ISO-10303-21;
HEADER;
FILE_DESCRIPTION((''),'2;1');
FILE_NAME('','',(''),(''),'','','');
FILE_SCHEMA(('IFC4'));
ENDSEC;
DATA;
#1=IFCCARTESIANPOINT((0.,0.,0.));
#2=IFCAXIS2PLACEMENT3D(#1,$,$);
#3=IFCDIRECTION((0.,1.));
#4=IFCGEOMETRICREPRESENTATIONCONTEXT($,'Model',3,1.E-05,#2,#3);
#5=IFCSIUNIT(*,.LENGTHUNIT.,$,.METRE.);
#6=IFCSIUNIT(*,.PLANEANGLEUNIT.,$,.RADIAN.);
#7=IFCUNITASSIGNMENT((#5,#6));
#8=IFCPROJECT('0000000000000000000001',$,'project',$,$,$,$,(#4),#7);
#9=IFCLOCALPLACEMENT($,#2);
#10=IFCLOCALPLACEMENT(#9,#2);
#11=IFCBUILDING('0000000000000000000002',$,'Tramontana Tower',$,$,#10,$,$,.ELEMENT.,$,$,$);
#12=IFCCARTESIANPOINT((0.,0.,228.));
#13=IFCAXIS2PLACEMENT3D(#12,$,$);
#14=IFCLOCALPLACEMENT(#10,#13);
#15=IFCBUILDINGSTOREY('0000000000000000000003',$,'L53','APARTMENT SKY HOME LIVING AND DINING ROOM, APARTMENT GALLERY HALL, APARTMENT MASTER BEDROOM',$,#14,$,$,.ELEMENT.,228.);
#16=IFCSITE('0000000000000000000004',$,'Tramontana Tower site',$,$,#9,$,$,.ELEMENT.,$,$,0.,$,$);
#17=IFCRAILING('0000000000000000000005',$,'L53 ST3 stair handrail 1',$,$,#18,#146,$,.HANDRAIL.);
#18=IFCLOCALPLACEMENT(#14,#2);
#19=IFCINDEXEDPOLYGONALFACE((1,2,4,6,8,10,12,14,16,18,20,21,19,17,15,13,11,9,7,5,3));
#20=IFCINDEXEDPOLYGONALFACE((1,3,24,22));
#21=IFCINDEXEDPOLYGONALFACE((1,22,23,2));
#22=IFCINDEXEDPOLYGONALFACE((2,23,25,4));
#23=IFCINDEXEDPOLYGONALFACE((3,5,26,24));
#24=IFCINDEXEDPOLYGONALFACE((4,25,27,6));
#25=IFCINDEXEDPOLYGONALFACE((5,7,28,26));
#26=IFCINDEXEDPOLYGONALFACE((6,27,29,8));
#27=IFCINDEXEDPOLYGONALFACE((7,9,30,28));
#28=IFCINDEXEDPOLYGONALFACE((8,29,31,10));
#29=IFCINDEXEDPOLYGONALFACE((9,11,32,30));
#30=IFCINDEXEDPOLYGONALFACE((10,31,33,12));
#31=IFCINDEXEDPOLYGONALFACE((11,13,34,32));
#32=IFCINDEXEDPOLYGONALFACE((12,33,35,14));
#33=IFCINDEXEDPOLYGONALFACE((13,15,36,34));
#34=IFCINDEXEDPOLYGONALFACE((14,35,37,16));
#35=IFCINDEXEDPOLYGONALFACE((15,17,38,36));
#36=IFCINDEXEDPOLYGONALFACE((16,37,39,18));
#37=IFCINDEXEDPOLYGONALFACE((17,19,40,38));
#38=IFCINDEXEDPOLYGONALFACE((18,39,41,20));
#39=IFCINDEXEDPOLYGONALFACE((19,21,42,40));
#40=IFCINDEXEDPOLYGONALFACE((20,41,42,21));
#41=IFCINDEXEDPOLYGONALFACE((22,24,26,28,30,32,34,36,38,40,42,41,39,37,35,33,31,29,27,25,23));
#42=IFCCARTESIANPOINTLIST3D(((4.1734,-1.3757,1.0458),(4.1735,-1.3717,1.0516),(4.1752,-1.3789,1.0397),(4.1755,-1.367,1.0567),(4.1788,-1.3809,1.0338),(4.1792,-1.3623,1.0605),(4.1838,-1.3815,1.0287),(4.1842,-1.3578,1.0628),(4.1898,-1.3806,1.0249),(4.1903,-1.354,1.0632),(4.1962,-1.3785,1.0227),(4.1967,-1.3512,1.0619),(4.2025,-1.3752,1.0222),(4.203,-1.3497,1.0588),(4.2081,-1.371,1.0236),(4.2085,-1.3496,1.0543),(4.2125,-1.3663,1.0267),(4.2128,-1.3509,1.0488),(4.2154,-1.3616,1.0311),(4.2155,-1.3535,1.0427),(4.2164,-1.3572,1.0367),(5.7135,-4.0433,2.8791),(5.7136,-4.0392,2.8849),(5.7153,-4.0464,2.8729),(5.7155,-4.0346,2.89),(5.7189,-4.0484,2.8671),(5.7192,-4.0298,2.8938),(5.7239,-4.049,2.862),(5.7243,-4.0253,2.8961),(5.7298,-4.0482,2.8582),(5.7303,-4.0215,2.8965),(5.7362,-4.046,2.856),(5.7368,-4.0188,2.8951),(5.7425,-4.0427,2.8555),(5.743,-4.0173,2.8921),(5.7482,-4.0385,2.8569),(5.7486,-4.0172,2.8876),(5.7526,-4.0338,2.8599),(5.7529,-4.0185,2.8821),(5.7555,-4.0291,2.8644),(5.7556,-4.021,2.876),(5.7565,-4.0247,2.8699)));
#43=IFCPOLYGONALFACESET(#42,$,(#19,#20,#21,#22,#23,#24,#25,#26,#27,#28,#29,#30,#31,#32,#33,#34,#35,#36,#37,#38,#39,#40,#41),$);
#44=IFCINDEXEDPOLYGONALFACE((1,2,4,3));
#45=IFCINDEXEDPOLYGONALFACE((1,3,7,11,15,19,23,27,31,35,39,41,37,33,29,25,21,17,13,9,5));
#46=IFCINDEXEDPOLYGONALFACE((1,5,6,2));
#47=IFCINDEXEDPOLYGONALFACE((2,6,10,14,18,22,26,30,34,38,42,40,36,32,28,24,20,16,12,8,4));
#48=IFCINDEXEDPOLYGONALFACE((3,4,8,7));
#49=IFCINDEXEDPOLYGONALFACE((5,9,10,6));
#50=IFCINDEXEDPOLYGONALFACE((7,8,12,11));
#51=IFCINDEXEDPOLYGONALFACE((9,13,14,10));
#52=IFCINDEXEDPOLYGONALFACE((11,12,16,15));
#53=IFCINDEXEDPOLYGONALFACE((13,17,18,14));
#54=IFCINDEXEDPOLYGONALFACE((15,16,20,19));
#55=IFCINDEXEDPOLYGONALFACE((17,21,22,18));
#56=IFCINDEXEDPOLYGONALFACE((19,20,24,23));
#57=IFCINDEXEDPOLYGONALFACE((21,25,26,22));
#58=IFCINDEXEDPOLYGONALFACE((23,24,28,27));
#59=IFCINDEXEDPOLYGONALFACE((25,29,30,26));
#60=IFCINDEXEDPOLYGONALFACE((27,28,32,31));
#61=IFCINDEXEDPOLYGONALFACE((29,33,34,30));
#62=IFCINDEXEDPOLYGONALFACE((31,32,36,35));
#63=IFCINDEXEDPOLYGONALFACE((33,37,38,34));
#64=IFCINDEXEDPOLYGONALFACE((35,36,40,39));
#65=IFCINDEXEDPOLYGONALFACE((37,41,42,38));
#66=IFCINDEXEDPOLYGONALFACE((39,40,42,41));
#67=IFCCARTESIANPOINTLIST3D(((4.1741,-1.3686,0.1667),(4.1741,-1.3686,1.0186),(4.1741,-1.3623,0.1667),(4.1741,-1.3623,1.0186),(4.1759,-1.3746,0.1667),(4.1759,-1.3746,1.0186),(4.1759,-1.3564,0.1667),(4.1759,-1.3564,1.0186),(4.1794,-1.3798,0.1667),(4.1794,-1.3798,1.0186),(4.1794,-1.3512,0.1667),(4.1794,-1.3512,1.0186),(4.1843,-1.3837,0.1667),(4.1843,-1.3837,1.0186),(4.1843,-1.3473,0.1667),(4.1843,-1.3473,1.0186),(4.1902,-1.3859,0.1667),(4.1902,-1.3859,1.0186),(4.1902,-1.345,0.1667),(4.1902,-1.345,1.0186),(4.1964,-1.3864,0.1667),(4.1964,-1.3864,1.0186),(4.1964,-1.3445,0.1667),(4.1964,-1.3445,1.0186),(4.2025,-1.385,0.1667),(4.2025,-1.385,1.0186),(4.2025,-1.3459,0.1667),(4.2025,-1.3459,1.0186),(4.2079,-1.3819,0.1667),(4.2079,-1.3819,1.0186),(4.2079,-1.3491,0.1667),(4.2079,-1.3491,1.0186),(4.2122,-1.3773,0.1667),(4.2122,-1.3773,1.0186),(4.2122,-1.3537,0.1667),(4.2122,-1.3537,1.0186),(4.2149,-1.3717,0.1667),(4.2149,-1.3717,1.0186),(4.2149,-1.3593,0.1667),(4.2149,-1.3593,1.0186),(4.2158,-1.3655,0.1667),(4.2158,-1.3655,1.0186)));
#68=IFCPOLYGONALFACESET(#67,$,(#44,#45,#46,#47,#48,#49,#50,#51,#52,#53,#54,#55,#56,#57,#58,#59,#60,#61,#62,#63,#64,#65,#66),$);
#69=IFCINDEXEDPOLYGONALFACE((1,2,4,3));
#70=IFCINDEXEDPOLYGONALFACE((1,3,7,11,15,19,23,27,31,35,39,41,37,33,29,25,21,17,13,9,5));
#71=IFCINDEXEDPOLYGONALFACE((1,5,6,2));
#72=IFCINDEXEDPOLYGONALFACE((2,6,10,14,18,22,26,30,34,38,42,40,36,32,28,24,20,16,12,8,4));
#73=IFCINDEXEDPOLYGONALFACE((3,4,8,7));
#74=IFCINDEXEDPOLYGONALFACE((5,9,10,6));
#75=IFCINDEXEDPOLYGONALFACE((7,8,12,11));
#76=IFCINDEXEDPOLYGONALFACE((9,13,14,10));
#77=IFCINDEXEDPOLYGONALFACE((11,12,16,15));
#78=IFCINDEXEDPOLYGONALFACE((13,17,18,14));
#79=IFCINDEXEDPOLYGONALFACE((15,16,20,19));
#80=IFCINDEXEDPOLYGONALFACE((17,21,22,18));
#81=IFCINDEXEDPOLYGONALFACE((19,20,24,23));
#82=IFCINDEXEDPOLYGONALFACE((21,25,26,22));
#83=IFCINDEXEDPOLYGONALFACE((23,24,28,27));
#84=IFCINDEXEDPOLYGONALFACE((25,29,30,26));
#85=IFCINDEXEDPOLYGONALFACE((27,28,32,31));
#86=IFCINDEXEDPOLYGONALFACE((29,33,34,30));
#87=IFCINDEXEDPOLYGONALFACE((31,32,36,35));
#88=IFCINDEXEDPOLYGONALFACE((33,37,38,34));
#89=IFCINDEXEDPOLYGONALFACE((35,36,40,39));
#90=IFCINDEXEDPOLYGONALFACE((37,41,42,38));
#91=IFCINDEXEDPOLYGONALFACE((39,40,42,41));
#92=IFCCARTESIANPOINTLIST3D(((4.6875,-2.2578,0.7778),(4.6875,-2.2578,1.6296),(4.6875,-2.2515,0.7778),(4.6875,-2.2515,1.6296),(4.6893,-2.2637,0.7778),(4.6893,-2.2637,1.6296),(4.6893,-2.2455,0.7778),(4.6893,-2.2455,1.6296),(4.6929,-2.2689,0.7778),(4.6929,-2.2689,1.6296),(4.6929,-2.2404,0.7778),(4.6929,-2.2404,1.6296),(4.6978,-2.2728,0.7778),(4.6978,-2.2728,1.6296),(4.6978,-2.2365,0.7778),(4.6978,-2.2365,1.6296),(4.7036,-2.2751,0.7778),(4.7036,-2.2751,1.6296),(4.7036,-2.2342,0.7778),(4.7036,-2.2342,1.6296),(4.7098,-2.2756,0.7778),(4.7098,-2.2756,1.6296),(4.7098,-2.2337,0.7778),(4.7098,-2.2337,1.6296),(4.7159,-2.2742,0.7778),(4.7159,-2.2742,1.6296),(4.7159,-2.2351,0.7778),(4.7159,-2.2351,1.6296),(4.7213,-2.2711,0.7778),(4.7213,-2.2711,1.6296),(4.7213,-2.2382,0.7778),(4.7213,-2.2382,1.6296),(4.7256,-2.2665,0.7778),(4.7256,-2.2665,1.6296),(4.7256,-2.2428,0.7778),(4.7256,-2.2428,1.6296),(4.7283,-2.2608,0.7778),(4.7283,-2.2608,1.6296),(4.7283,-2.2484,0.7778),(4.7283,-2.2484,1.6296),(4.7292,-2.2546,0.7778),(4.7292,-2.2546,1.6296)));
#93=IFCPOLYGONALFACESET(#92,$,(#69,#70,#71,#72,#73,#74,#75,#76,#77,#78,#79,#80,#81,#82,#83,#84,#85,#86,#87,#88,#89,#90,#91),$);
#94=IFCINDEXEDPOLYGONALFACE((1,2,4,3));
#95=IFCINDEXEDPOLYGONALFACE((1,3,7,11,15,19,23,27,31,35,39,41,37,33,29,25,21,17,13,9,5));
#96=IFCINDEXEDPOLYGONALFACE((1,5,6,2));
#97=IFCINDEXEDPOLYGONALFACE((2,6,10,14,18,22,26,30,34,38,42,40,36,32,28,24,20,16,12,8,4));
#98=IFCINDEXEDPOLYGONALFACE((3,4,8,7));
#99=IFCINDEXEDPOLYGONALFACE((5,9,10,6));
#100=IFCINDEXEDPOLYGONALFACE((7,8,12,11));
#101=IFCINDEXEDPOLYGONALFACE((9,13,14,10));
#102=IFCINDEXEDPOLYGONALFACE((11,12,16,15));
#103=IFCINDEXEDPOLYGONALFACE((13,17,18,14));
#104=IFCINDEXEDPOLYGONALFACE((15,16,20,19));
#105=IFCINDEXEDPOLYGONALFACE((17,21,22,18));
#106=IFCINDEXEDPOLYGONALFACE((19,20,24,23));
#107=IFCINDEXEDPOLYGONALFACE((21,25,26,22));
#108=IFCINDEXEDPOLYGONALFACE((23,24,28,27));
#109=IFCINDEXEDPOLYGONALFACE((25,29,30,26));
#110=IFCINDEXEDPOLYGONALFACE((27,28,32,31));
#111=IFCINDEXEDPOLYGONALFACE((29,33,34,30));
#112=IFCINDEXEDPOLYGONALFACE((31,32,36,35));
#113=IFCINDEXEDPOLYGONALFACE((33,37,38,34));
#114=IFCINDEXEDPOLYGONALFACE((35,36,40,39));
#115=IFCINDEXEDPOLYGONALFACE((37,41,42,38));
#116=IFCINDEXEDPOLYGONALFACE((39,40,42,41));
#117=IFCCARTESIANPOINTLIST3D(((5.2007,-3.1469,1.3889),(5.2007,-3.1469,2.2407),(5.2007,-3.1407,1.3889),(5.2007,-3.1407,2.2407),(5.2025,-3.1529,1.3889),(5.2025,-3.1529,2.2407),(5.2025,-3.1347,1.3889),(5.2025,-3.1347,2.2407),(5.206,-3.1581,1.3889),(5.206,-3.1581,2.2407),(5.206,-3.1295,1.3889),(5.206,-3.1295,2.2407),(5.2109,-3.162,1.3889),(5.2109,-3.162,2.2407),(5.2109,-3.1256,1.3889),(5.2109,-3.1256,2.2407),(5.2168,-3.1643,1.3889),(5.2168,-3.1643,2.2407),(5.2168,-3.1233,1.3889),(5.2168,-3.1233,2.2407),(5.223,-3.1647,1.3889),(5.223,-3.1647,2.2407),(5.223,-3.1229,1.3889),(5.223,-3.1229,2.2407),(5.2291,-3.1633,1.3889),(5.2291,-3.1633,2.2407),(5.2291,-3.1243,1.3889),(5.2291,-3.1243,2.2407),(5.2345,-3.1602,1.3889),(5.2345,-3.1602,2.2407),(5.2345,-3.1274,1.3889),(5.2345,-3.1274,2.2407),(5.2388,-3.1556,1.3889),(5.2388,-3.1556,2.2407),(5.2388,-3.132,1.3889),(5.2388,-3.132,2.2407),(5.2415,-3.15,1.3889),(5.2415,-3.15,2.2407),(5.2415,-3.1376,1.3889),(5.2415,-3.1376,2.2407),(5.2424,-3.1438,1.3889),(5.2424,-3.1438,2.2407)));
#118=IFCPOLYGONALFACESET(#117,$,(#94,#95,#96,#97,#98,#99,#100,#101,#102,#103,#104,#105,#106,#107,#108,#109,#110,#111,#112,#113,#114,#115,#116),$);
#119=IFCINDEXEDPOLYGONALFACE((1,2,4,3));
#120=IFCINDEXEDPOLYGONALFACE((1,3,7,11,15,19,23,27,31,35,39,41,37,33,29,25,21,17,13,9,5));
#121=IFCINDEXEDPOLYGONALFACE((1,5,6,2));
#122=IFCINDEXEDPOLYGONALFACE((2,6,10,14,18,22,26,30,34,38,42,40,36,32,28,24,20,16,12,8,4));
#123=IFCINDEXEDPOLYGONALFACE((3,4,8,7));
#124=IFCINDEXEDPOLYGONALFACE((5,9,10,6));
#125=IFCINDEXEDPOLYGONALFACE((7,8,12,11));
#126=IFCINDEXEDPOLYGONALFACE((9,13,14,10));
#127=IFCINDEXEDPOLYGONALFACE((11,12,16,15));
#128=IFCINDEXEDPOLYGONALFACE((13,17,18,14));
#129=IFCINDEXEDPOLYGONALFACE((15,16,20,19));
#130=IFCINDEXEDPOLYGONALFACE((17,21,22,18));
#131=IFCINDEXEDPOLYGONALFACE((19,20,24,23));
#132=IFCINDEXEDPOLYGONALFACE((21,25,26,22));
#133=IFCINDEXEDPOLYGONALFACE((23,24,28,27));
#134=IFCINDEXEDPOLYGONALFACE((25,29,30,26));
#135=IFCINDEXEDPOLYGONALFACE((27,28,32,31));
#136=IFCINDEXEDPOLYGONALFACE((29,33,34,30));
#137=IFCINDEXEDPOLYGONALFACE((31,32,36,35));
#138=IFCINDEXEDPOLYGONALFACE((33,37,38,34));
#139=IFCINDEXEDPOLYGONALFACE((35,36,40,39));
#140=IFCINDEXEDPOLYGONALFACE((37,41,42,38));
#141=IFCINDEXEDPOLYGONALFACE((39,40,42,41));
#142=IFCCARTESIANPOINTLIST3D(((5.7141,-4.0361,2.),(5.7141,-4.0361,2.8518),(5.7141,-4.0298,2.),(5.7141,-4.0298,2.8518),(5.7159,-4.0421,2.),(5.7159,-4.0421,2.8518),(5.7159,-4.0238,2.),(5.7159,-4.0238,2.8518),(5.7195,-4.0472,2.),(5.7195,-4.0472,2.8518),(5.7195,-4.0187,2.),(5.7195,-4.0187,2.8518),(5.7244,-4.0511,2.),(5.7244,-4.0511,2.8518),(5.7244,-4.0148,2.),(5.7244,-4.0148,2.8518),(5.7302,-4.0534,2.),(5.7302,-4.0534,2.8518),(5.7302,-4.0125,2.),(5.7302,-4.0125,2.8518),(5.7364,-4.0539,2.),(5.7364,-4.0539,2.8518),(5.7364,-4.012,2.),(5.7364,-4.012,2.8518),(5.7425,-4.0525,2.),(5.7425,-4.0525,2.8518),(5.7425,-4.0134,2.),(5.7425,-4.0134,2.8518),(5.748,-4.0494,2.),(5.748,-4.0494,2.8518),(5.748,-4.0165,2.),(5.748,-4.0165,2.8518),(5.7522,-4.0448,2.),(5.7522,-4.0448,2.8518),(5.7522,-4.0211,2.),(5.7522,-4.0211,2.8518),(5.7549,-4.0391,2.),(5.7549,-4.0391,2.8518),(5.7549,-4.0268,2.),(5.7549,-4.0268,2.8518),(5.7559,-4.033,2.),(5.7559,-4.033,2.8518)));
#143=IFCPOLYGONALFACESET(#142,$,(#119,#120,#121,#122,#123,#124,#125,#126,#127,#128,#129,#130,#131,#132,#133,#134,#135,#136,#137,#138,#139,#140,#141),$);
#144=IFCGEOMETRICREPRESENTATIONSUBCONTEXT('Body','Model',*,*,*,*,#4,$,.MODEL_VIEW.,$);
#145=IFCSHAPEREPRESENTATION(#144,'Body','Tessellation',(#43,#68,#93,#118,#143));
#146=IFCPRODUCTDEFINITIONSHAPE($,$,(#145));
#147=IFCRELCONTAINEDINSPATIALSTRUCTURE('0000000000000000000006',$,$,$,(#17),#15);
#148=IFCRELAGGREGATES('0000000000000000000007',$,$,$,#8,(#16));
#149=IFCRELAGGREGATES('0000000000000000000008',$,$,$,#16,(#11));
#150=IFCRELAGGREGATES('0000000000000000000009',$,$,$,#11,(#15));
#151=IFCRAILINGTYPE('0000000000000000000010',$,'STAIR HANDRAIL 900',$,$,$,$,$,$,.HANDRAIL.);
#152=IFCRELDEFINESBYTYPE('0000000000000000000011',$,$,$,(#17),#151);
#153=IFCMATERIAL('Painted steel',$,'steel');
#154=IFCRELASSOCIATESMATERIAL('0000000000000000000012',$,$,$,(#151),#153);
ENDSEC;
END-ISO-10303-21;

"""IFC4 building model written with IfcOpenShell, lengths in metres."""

from ifc_helpers import new_model, si_unit, direction, frame, origin, origin_2d, place, context, subcontext, project, spatial, circle, extrude, material, type_object, element, save


model = new_model("IFC4")

# Units and contexts
model_context = context("Model", 3, precision=1e-05, world=origin(), true_north=direction((0.0, 1.0)))
body_context = subcontext(model_context, "Body", "Model", "MODEL_VIEW")
ifc_project = project(units=[si_unit("LENGTHUNIT", "METRE"), si_unit("PLANEANGLEUNIT", "RADIAN")], contexts=[model_context])

# Site, building, storey
site_placement = place(None, origin())
site = spatial("IfcSite", under=ifc_project, at=site_placement, Name="Tramontana Tower site", CompositionType="ELEMENT", RefElevation=0.0)
building_placement = place(site_placement, origin())
building = spatial("IfcBuilding", under=site, at=building_placement, Name="Tramontana Tower", CompositionType="ELEMENT")
storey_placement = place(building_placement, frame((0.0, 0.0, 228.0)))
storey = spatial("IfcBuildingStorey", under=building, at=storey_placement, Name="L53", Description="APARTMENT SKY HOME LIVING AND DINING ROOM, APARTMENT GALLERY HALL, APARTMENT MASTER BEDROOM", CompositionType="ELEMENT", Elevation=228.0)

# Railing
ifc_material_1 = material(Name="Painted steel", Category="steel")
railing_type_1 = type_object("IfcRailingType", Name="STAIR HANDRAIL 900", PredefinedType="HANDRAIL", material=ifc_material_1)
railing_1_placement = place(storey_placement, frame((4.1948, -1.3655, 0.1667)))
element("IfcRailing", 1, at=railing_1_placement, inside=storey, type_object=railing_type_1, Name="L53 ST3 stair handrail 1", PredefinedType="HANDRAIL", context=body_context, shape_type="SweptSolid", body=[
    extrude(circle(Radius=0.0239, at=origin_2d()), frame((0.0, 0.0, 0.876), z_axis=(0.429649, -0.74419, 0.511452), x_axis=(0.86603, 0.499992, 0.0)), (0.0, 0.0, 1.0), 3.5845),
    extrude(circle(Radius=0.021, at=origin_2d()), origin(), (0.0, 0.0, 1.0), 0.8518),
    extrude(circle(Radius=0.021, at=origin_2d()), frame((0.5134, -0.8892, 0.6111)), (0.0, 0.0, 1.0), 0.8518),
    extrude(circle(Radius=0.021, at=origin_2d()), frame((1.0266, -1.7783, 1.2222)), (0.0, 0.0, 1.0), 0.8518),
    extrude(circle(Radius=0.021, at=origin_2d()), frame((1.54, -2.6675, 1.8333)), (0.0, 0.0, 1.0), 0.8518),
])

save(model, "model.ifc")
